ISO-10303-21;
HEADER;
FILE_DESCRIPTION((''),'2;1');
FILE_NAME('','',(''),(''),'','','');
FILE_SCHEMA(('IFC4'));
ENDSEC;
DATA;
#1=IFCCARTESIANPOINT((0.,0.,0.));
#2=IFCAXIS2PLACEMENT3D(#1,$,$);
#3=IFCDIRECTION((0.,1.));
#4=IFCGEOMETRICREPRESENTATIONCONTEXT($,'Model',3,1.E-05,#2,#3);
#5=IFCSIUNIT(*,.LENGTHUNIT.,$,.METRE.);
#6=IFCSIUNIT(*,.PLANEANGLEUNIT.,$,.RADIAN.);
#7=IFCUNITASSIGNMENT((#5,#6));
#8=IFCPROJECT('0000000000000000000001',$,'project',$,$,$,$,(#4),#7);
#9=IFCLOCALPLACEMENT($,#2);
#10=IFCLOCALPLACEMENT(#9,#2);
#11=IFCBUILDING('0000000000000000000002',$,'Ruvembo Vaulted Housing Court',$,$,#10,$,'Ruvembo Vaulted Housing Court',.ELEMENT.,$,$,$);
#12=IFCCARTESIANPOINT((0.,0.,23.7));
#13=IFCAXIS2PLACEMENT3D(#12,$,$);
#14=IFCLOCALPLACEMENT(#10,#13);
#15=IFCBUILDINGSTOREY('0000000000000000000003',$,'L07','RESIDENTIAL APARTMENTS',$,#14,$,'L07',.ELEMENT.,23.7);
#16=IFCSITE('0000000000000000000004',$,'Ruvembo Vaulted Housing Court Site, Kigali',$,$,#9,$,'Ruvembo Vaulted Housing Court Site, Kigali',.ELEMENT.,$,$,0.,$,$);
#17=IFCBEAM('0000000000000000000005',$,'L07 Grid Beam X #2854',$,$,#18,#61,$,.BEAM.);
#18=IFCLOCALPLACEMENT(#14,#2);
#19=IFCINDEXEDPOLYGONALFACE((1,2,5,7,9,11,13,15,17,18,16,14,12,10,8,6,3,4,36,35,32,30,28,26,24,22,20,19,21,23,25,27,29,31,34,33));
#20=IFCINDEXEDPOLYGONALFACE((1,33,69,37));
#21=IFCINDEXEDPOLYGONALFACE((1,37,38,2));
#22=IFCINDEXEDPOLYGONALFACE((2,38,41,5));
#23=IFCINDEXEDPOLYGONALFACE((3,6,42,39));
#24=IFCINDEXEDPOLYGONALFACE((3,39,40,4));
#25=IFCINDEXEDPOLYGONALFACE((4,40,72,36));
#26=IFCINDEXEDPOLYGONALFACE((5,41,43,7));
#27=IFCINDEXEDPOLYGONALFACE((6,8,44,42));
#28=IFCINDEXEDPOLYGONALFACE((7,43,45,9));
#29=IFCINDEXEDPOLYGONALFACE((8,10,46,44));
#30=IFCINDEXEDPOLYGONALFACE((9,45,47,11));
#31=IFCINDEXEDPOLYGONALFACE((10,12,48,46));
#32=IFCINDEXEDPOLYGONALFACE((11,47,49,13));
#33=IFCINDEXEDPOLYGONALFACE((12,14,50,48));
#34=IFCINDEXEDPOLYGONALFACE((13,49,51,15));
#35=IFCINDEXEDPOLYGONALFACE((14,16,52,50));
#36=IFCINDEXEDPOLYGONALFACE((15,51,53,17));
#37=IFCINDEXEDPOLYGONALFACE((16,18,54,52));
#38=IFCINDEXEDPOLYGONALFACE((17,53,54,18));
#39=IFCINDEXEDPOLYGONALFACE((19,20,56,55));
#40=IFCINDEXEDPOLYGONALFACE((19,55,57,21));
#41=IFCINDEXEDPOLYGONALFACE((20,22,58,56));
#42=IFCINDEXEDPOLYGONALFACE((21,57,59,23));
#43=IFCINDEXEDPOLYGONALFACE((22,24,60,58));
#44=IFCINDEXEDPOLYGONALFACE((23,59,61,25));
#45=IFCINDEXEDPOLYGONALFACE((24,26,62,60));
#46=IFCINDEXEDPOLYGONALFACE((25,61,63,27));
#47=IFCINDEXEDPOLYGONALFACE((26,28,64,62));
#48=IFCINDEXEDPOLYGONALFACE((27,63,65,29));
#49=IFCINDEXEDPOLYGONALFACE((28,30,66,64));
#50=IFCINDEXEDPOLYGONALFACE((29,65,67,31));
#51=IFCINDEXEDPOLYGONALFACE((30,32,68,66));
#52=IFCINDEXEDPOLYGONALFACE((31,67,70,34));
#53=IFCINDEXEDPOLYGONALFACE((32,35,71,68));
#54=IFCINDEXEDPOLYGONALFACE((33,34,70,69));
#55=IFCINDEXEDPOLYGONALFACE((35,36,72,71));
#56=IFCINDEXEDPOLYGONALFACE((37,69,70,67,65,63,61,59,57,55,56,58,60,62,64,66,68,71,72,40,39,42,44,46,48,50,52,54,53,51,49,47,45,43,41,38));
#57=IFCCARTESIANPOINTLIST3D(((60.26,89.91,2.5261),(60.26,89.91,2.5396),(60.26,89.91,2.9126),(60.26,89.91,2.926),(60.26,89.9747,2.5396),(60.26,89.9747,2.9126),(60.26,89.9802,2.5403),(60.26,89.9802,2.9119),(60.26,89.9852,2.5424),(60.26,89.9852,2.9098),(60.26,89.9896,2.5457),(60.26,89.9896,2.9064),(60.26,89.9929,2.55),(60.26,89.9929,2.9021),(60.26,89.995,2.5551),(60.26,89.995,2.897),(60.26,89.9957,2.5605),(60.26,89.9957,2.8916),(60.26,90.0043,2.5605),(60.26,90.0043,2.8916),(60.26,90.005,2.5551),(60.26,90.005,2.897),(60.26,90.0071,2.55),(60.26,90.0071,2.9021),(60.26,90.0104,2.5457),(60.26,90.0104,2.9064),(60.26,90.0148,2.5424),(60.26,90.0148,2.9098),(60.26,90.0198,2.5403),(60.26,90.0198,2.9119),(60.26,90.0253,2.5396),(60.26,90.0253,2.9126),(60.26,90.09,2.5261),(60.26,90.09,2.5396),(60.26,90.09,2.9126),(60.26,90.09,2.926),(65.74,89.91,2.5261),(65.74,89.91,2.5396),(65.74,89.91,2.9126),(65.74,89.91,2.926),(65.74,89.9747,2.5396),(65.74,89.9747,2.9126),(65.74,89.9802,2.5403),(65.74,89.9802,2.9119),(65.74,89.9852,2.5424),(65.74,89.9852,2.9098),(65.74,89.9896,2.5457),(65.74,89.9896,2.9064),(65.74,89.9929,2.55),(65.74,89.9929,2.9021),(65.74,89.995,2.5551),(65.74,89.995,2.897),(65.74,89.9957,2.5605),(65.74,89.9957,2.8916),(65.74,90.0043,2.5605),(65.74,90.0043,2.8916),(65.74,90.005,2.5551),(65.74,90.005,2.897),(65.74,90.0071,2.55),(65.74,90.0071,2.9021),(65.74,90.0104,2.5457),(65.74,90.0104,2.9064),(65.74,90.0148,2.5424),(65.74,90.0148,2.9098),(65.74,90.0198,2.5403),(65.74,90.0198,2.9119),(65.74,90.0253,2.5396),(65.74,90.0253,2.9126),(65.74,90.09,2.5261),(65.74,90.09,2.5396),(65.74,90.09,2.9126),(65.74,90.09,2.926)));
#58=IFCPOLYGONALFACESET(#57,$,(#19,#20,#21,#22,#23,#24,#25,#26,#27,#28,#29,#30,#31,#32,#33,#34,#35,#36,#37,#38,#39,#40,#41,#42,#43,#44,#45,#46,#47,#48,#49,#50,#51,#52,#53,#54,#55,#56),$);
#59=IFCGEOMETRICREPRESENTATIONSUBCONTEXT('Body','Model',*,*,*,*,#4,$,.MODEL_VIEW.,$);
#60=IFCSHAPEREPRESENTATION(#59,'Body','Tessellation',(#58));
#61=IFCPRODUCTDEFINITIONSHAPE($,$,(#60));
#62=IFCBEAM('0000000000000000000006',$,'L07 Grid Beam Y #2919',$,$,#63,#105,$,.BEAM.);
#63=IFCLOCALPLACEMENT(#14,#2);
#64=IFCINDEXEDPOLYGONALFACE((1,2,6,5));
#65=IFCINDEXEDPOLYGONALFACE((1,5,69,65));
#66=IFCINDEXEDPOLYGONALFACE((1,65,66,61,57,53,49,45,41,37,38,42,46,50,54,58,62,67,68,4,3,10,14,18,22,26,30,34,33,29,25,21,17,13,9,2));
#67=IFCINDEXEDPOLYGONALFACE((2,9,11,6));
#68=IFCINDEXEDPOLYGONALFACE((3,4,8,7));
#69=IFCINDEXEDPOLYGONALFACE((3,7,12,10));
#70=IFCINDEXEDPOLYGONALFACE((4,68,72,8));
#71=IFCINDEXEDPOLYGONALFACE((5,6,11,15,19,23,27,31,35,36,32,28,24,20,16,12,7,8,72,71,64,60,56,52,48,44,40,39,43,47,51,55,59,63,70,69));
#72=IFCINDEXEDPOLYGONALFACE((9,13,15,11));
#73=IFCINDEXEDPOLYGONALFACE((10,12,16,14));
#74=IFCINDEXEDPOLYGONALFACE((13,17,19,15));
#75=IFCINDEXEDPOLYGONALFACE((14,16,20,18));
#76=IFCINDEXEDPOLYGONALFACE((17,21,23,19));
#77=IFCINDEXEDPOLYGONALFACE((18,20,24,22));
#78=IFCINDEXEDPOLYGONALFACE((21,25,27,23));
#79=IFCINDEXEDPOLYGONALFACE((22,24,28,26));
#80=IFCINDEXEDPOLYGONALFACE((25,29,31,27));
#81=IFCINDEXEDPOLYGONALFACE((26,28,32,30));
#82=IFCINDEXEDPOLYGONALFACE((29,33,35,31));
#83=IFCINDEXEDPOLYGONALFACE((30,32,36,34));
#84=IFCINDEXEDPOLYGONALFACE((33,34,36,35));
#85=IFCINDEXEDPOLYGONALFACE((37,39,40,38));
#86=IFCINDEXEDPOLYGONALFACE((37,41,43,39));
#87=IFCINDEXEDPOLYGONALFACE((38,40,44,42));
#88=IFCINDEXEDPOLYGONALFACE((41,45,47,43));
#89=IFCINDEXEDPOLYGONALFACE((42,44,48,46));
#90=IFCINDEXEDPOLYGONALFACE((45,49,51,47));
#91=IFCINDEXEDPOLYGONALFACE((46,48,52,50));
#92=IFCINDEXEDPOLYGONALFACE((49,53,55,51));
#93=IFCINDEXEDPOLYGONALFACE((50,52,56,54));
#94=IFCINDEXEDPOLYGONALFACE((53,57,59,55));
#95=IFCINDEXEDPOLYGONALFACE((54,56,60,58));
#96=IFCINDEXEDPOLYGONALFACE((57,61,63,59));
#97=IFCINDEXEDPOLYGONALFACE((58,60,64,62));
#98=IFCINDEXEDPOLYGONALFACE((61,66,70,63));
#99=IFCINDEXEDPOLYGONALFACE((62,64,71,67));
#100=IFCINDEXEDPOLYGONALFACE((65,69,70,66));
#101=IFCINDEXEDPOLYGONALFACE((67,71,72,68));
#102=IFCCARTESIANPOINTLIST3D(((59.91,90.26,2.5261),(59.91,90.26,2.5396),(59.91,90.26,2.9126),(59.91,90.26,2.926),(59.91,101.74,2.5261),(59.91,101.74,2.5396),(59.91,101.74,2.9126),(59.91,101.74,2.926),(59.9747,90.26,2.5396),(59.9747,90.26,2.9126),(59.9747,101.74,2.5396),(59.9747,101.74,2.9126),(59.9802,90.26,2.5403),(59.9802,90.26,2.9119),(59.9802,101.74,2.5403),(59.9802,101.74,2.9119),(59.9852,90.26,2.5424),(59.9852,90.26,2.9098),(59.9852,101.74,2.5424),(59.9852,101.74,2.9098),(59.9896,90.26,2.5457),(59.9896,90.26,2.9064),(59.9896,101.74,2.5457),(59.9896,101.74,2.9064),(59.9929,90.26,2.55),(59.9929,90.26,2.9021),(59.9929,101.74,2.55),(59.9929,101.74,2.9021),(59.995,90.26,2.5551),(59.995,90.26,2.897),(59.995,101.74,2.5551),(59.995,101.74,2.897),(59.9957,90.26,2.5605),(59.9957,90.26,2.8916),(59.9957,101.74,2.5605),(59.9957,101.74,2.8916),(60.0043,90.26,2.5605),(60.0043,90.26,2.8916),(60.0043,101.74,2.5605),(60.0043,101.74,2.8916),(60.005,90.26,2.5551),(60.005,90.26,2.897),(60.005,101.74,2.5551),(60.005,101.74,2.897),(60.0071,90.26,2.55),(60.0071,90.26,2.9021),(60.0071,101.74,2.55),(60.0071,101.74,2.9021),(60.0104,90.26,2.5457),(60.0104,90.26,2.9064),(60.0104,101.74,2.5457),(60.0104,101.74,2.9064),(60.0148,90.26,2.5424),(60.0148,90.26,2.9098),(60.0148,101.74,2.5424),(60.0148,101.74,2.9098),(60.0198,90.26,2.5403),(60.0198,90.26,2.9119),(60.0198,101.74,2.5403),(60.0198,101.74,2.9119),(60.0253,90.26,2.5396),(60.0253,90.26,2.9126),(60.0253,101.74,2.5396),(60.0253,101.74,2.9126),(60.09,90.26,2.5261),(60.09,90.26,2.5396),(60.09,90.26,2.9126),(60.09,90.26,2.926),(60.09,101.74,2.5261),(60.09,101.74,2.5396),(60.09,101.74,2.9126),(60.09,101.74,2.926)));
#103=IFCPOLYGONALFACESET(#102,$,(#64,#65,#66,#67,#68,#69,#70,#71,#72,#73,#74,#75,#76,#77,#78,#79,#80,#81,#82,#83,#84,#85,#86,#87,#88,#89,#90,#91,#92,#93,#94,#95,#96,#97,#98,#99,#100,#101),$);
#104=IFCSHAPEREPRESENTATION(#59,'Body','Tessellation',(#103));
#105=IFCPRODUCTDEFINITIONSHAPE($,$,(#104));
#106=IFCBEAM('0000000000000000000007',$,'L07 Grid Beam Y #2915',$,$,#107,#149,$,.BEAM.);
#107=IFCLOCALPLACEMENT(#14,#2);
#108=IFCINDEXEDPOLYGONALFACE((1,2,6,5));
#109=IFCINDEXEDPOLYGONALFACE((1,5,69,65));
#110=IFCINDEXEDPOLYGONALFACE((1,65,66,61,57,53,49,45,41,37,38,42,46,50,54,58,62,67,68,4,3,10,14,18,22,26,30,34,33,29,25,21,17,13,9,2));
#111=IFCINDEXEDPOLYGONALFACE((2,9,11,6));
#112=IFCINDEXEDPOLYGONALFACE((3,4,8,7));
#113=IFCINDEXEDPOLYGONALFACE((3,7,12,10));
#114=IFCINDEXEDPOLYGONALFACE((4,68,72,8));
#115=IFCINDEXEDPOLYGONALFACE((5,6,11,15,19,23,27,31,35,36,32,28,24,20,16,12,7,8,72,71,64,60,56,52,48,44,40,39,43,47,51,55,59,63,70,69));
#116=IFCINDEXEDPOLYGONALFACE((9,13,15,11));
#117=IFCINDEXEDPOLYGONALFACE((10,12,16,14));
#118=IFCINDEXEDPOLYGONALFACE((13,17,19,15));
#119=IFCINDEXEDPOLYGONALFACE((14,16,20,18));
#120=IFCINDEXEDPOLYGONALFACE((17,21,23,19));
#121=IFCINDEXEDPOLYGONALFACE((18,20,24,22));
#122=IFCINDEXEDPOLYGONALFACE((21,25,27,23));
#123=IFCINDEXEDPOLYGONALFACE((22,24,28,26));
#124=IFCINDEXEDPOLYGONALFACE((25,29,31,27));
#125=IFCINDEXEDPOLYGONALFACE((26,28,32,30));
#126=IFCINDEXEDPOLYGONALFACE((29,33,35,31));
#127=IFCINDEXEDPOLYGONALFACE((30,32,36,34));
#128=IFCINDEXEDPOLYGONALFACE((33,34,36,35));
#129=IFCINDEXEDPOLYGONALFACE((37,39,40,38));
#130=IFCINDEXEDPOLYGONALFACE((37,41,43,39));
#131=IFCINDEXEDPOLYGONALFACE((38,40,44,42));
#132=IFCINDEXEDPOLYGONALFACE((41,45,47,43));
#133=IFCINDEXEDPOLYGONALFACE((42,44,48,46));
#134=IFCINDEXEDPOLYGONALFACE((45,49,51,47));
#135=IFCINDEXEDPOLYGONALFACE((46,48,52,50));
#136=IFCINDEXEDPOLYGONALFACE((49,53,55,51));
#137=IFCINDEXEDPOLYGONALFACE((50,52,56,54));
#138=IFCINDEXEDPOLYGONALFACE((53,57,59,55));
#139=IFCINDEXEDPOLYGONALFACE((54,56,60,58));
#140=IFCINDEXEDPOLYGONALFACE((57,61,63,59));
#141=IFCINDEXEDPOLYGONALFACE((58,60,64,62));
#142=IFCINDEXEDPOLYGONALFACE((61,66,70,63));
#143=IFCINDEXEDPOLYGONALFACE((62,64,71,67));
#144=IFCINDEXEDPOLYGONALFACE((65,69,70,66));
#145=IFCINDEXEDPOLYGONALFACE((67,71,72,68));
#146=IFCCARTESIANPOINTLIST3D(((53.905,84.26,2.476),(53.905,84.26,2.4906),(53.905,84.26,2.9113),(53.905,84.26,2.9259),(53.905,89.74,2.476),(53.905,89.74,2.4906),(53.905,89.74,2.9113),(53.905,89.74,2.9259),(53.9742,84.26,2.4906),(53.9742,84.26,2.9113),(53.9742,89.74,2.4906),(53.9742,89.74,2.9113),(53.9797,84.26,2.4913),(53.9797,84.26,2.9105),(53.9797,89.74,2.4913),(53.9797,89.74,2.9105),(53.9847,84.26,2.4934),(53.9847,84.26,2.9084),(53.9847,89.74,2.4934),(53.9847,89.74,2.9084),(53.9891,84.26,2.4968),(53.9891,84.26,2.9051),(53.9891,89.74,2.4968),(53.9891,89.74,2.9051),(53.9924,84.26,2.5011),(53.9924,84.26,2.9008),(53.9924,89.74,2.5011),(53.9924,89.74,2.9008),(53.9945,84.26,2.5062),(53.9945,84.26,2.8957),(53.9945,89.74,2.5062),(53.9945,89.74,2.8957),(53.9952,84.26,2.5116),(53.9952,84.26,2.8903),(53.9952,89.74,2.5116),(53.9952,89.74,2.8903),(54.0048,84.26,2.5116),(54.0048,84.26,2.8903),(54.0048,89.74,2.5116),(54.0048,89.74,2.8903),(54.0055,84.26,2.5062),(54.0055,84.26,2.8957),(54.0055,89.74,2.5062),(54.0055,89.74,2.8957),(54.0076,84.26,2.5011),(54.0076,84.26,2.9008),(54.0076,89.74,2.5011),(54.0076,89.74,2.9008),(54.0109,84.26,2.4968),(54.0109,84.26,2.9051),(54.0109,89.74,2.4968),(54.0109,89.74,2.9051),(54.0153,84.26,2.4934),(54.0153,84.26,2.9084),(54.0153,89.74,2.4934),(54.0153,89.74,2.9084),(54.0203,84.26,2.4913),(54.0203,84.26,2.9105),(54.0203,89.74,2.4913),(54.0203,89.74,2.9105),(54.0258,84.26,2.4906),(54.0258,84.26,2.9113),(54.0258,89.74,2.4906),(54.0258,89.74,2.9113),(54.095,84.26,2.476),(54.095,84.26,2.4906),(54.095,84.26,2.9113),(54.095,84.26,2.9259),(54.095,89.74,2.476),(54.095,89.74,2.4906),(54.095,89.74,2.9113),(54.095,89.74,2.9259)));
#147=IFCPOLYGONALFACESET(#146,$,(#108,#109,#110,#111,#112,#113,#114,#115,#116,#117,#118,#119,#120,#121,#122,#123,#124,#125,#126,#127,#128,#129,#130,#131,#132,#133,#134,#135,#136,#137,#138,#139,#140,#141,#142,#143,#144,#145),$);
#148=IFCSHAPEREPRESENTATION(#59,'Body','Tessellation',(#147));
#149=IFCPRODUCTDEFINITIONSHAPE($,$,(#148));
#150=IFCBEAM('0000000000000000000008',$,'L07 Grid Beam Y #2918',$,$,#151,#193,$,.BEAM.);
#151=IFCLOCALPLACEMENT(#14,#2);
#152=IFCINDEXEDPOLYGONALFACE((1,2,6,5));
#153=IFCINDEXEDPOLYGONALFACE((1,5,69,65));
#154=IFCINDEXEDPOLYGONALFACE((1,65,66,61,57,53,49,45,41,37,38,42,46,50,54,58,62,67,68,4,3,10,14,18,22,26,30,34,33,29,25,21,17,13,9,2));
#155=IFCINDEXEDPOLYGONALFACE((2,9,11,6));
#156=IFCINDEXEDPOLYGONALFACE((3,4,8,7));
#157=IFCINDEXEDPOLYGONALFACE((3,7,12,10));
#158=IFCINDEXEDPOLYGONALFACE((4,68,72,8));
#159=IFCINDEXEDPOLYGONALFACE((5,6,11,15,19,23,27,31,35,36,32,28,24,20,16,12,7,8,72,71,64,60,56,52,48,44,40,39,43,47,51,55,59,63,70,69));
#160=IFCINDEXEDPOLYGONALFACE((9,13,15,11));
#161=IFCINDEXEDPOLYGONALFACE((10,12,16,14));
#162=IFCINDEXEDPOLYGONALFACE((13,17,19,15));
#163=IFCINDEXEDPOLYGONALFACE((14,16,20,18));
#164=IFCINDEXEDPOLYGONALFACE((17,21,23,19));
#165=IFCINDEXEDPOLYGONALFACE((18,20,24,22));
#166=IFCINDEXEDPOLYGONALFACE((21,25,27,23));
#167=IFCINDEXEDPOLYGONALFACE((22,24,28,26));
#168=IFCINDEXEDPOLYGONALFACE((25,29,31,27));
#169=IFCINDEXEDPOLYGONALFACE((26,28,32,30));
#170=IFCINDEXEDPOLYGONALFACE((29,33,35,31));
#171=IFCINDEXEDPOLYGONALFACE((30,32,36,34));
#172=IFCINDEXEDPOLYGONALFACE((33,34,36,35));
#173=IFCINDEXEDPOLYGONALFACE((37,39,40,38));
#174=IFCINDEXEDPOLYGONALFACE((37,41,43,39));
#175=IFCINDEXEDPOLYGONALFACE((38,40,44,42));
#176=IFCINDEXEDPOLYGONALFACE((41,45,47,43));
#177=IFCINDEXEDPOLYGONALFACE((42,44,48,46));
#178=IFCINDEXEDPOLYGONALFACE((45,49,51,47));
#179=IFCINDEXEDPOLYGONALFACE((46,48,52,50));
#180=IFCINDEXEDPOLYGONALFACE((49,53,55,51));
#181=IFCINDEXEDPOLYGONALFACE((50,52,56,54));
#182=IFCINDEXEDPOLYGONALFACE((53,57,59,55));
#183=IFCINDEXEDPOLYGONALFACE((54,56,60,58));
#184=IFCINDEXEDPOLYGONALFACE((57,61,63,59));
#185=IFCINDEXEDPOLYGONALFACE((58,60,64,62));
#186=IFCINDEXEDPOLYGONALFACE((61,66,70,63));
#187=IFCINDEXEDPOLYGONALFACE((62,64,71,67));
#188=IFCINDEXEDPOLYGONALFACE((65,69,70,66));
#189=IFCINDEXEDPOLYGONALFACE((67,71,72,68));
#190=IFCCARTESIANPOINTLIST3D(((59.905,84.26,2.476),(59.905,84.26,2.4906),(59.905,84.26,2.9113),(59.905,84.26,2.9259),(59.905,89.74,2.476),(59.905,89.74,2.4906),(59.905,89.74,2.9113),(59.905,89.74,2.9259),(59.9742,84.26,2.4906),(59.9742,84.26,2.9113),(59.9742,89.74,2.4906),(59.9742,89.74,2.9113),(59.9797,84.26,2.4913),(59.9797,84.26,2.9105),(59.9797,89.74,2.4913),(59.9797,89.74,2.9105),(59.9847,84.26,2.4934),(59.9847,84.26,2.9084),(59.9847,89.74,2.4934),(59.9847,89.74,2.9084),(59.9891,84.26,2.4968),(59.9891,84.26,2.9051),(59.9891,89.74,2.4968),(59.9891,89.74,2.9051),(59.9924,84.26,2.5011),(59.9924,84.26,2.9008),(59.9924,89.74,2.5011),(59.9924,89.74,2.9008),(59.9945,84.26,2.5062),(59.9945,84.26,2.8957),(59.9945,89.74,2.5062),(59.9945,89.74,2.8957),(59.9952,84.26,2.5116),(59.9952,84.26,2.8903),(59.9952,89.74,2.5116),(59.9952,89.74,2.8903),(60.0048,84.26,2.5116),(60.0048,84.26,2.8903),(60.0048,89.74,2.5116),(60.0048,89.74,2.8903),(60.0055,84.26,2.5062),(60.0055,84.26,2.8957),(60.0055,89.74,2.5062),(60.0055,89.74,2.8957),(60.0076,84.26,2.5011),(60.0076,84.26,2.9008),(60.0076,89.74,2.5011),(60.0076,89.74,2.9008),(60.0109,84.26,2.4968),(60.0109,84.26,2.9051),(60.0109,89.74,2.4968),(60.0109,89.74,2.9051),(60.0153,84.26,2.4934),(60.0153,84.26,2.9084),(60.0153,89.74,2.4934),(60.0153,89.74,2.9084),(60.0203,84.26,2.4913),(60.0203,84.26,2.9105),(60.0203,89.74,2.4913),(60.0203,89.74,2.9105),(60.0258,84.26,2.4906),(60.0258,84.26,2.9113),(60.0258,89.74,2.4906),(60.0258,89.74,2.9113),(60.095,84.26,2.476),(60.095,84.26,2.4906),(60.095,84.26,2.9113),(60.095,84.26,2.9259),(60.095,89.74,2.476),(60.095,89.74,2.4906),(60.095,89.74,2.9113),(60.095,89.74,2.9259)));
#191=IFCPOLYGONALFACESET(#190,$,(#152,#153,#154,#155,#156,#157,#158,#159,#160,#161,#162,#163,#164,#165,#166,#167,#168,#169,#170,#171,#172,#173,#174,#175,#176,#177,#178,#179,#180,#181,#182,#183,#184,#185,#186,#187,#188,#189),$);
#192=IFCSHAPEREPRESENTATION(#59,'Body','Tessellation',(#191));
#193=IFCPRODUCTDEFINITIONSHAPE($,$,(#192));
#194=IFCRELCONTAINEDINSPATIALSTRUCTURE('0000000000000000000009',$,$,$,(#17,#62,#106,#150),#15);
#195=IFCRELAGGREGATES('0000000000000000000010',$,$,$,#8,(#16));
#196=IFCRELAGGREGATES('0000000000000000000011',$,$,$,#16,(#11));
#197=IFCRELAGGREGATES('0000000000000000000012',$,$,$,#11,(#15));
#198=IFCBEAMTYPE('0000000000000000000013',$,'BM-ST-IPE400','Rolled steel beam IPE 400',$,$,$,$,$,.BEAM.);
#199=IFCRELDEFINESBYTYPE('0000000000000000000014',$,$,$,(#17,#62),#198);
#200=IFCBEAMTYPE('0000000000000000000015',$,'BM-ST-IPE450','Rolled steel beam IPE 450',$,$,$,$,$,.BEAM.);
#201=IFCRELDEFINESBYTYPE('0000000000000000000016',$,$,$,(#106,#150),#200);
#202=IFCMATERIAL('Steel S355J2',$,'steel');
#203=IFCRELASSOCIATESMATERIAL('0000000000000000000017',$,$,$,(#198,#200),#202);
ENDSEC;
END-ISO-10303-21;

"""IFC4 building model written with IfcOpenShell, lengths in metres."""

from ifc_helpers import new_model, si_unit, direction, frame, origin, origin_2d, place, context, subcontext, project, spatial, i_section, extrude, material, material_profile, profile_set, type_object, element, save


model = new_model("IFC4")

# Units and contexts
model_context = context("Model", 3, precision=1e-05, world=origin(), true_north=direction((0.0, 1.0)))
body_context = subcontext(model_context, "Body", "Model", "MODEL_VIEW")
ifc_project = project(units=[si_unit("LENGTHUNIT", "METRE"), si_unit("PLANEANGLEUNIT", "RADIAN")], contexts=[model_context])

# Site, building, storey
site_placement = place(None, origin())
site = spatial("IfcSite", under=ifc_project, at=site_placement, Name="Ruvembo Vaulted Housing Court Site, Kigali", LongName="Ruvembo Vaulted Housing Court Site, Kigali", CompositionType="ELEMENT", RefElevation=0.0)
building_placement = place(site_placement, origin())
building = spatial("IfcBuilding", under=site, at=building_placement, Name="Ruvembo Vaulted Housing Court", LongName="Ruvembo Vaulted Housing Court", CompositionType="ELEMENT")
storey_placement = place(building_placement, frame((0.0, 0.0, 23.7)))
storey = spatial("IfcBuildingStorey", under=building, at=storey_placement, Name="L07", Description="RESIDENTIAL APARTMENTS", LongName="L07", CompositionType="ELEMENT", Elevation=23.7)

# Beams
ifc_material_1 = material(Name="Steel S355J2", Category="steel")
ifc_material_profile_1 = material_profile(ifc_material_1, i_section(OverallWidth=0.1799, OverallDepth=0.3999, WebThickness=0.0085, FlangeThickness=0.0134, FilletRadius=0.021, at=origin_2d()), Name="IPE 400")
ifc_profile_set_1 = profile_set([ifc_material_profile_1], Name="Steel S355J2")
beam_type_1 = type_object("IfcBeamType", Name="BM-ST-IPE400", Description="Rolled steel beam IPE 400", PredefinedType="BEAM", material=ifc_profile_set_1)
beam_1_placement = place(storey_placement, frame((60.26, 90.0, 2.7261), z_axis=(1.0, 0.0, 0.0), x_axis=(0.0, 1.0, 0.0)))
element("IfcBeam", 1, at=beam_1_placement, inside=storey, type_object=beam_type_1, Name="L07 Grid Beam X #2854", PredefinedType="BEAM", context=body_context, shape_type="SweptSolid", body=[
    extrude(i_section(OverallWidth=0.1799, OverallDepth=0.3999, WebThickness=0.0085, FlangeThickness=0.0134, FilletRadius=0.021, at=origin_2d()), origin(), (0.0, 0.0, 1.0), 5.48),
])
beam_2_placement = place(storey_placement, frame((60.0, 90.26, 2.7261), z_axis=(0.0, 1.0, 0.0), x_axis=(-1.0, 0.0, 0.0)))
element("IfcBeam", 2, at=beam_2_placement, inside=storey, type_object=beam_type_1, Name="L07 Grid Beam Y #2919", PredefinedType="BEAM", context=body_context, shape_type="SweptSolid", body=[
    extrude(i_section(OverallWidth=0.1799, OverallDepth=0.3999, WebThickness=0.0085, FlangeThickness=0.0134, FilletRadius=0.021, at=origin_2d()), origin(), (0.0, 0.0, 1.0), 11.48),
])
ifc_material_profile_2 = material_profile(ifc_material_1, i_section(OverallWidth=0.1899, OverallDepth=0.45, WebThickness=0.0095, FlangeThickness=0.0146, FilletRadius=0.021, at=origin_2d()), Name="IPE 450")
ifc_profile_set_2 = profile_set([ifc_material_profile_2], Name="Steel S355J2")
beam_type_2 = type_object("IfcBeamType", Name="BM-ST-IPE450", Description="Rolled steel beam IPE 450", PredefinedType="BEAM", material=ifc_profile_set_2)
for number, where, z_axis, x_axis, name in (
    (3, (54.0, 84.26, 2.7009), (0.0, 1.0, 0.0), (-1.0, 0.0, 0.0), "L07 Grid Beam Y #2915"),
    (4, (60.0, 84.26, 2.7009), (0.0, 1.0, 0.0), (-1.0, 0.0, 0.0), "L07 Grid Beam Y #2918"),
):
    element("IfcBeam", number, at=place(storey_placement, frame(where, z_axis=z_axis, x_axis=x_axis)), inside=storey, type_object=beam_type_2, Name=name, PredefinedType="BEAM", context=body_context, shape_type="SweptSolid", body=[
        extrude(i_section(OverallWidth=0.1899, OverallDepth=0.45, WebThickness=0.0095, FlangeThickness=0.0146, FilletRadius=0.021, at=origin_2d()), origin(), (0.0, 0.0, 1.0), 5.48),
    ])

save(model, "model.ifc")
